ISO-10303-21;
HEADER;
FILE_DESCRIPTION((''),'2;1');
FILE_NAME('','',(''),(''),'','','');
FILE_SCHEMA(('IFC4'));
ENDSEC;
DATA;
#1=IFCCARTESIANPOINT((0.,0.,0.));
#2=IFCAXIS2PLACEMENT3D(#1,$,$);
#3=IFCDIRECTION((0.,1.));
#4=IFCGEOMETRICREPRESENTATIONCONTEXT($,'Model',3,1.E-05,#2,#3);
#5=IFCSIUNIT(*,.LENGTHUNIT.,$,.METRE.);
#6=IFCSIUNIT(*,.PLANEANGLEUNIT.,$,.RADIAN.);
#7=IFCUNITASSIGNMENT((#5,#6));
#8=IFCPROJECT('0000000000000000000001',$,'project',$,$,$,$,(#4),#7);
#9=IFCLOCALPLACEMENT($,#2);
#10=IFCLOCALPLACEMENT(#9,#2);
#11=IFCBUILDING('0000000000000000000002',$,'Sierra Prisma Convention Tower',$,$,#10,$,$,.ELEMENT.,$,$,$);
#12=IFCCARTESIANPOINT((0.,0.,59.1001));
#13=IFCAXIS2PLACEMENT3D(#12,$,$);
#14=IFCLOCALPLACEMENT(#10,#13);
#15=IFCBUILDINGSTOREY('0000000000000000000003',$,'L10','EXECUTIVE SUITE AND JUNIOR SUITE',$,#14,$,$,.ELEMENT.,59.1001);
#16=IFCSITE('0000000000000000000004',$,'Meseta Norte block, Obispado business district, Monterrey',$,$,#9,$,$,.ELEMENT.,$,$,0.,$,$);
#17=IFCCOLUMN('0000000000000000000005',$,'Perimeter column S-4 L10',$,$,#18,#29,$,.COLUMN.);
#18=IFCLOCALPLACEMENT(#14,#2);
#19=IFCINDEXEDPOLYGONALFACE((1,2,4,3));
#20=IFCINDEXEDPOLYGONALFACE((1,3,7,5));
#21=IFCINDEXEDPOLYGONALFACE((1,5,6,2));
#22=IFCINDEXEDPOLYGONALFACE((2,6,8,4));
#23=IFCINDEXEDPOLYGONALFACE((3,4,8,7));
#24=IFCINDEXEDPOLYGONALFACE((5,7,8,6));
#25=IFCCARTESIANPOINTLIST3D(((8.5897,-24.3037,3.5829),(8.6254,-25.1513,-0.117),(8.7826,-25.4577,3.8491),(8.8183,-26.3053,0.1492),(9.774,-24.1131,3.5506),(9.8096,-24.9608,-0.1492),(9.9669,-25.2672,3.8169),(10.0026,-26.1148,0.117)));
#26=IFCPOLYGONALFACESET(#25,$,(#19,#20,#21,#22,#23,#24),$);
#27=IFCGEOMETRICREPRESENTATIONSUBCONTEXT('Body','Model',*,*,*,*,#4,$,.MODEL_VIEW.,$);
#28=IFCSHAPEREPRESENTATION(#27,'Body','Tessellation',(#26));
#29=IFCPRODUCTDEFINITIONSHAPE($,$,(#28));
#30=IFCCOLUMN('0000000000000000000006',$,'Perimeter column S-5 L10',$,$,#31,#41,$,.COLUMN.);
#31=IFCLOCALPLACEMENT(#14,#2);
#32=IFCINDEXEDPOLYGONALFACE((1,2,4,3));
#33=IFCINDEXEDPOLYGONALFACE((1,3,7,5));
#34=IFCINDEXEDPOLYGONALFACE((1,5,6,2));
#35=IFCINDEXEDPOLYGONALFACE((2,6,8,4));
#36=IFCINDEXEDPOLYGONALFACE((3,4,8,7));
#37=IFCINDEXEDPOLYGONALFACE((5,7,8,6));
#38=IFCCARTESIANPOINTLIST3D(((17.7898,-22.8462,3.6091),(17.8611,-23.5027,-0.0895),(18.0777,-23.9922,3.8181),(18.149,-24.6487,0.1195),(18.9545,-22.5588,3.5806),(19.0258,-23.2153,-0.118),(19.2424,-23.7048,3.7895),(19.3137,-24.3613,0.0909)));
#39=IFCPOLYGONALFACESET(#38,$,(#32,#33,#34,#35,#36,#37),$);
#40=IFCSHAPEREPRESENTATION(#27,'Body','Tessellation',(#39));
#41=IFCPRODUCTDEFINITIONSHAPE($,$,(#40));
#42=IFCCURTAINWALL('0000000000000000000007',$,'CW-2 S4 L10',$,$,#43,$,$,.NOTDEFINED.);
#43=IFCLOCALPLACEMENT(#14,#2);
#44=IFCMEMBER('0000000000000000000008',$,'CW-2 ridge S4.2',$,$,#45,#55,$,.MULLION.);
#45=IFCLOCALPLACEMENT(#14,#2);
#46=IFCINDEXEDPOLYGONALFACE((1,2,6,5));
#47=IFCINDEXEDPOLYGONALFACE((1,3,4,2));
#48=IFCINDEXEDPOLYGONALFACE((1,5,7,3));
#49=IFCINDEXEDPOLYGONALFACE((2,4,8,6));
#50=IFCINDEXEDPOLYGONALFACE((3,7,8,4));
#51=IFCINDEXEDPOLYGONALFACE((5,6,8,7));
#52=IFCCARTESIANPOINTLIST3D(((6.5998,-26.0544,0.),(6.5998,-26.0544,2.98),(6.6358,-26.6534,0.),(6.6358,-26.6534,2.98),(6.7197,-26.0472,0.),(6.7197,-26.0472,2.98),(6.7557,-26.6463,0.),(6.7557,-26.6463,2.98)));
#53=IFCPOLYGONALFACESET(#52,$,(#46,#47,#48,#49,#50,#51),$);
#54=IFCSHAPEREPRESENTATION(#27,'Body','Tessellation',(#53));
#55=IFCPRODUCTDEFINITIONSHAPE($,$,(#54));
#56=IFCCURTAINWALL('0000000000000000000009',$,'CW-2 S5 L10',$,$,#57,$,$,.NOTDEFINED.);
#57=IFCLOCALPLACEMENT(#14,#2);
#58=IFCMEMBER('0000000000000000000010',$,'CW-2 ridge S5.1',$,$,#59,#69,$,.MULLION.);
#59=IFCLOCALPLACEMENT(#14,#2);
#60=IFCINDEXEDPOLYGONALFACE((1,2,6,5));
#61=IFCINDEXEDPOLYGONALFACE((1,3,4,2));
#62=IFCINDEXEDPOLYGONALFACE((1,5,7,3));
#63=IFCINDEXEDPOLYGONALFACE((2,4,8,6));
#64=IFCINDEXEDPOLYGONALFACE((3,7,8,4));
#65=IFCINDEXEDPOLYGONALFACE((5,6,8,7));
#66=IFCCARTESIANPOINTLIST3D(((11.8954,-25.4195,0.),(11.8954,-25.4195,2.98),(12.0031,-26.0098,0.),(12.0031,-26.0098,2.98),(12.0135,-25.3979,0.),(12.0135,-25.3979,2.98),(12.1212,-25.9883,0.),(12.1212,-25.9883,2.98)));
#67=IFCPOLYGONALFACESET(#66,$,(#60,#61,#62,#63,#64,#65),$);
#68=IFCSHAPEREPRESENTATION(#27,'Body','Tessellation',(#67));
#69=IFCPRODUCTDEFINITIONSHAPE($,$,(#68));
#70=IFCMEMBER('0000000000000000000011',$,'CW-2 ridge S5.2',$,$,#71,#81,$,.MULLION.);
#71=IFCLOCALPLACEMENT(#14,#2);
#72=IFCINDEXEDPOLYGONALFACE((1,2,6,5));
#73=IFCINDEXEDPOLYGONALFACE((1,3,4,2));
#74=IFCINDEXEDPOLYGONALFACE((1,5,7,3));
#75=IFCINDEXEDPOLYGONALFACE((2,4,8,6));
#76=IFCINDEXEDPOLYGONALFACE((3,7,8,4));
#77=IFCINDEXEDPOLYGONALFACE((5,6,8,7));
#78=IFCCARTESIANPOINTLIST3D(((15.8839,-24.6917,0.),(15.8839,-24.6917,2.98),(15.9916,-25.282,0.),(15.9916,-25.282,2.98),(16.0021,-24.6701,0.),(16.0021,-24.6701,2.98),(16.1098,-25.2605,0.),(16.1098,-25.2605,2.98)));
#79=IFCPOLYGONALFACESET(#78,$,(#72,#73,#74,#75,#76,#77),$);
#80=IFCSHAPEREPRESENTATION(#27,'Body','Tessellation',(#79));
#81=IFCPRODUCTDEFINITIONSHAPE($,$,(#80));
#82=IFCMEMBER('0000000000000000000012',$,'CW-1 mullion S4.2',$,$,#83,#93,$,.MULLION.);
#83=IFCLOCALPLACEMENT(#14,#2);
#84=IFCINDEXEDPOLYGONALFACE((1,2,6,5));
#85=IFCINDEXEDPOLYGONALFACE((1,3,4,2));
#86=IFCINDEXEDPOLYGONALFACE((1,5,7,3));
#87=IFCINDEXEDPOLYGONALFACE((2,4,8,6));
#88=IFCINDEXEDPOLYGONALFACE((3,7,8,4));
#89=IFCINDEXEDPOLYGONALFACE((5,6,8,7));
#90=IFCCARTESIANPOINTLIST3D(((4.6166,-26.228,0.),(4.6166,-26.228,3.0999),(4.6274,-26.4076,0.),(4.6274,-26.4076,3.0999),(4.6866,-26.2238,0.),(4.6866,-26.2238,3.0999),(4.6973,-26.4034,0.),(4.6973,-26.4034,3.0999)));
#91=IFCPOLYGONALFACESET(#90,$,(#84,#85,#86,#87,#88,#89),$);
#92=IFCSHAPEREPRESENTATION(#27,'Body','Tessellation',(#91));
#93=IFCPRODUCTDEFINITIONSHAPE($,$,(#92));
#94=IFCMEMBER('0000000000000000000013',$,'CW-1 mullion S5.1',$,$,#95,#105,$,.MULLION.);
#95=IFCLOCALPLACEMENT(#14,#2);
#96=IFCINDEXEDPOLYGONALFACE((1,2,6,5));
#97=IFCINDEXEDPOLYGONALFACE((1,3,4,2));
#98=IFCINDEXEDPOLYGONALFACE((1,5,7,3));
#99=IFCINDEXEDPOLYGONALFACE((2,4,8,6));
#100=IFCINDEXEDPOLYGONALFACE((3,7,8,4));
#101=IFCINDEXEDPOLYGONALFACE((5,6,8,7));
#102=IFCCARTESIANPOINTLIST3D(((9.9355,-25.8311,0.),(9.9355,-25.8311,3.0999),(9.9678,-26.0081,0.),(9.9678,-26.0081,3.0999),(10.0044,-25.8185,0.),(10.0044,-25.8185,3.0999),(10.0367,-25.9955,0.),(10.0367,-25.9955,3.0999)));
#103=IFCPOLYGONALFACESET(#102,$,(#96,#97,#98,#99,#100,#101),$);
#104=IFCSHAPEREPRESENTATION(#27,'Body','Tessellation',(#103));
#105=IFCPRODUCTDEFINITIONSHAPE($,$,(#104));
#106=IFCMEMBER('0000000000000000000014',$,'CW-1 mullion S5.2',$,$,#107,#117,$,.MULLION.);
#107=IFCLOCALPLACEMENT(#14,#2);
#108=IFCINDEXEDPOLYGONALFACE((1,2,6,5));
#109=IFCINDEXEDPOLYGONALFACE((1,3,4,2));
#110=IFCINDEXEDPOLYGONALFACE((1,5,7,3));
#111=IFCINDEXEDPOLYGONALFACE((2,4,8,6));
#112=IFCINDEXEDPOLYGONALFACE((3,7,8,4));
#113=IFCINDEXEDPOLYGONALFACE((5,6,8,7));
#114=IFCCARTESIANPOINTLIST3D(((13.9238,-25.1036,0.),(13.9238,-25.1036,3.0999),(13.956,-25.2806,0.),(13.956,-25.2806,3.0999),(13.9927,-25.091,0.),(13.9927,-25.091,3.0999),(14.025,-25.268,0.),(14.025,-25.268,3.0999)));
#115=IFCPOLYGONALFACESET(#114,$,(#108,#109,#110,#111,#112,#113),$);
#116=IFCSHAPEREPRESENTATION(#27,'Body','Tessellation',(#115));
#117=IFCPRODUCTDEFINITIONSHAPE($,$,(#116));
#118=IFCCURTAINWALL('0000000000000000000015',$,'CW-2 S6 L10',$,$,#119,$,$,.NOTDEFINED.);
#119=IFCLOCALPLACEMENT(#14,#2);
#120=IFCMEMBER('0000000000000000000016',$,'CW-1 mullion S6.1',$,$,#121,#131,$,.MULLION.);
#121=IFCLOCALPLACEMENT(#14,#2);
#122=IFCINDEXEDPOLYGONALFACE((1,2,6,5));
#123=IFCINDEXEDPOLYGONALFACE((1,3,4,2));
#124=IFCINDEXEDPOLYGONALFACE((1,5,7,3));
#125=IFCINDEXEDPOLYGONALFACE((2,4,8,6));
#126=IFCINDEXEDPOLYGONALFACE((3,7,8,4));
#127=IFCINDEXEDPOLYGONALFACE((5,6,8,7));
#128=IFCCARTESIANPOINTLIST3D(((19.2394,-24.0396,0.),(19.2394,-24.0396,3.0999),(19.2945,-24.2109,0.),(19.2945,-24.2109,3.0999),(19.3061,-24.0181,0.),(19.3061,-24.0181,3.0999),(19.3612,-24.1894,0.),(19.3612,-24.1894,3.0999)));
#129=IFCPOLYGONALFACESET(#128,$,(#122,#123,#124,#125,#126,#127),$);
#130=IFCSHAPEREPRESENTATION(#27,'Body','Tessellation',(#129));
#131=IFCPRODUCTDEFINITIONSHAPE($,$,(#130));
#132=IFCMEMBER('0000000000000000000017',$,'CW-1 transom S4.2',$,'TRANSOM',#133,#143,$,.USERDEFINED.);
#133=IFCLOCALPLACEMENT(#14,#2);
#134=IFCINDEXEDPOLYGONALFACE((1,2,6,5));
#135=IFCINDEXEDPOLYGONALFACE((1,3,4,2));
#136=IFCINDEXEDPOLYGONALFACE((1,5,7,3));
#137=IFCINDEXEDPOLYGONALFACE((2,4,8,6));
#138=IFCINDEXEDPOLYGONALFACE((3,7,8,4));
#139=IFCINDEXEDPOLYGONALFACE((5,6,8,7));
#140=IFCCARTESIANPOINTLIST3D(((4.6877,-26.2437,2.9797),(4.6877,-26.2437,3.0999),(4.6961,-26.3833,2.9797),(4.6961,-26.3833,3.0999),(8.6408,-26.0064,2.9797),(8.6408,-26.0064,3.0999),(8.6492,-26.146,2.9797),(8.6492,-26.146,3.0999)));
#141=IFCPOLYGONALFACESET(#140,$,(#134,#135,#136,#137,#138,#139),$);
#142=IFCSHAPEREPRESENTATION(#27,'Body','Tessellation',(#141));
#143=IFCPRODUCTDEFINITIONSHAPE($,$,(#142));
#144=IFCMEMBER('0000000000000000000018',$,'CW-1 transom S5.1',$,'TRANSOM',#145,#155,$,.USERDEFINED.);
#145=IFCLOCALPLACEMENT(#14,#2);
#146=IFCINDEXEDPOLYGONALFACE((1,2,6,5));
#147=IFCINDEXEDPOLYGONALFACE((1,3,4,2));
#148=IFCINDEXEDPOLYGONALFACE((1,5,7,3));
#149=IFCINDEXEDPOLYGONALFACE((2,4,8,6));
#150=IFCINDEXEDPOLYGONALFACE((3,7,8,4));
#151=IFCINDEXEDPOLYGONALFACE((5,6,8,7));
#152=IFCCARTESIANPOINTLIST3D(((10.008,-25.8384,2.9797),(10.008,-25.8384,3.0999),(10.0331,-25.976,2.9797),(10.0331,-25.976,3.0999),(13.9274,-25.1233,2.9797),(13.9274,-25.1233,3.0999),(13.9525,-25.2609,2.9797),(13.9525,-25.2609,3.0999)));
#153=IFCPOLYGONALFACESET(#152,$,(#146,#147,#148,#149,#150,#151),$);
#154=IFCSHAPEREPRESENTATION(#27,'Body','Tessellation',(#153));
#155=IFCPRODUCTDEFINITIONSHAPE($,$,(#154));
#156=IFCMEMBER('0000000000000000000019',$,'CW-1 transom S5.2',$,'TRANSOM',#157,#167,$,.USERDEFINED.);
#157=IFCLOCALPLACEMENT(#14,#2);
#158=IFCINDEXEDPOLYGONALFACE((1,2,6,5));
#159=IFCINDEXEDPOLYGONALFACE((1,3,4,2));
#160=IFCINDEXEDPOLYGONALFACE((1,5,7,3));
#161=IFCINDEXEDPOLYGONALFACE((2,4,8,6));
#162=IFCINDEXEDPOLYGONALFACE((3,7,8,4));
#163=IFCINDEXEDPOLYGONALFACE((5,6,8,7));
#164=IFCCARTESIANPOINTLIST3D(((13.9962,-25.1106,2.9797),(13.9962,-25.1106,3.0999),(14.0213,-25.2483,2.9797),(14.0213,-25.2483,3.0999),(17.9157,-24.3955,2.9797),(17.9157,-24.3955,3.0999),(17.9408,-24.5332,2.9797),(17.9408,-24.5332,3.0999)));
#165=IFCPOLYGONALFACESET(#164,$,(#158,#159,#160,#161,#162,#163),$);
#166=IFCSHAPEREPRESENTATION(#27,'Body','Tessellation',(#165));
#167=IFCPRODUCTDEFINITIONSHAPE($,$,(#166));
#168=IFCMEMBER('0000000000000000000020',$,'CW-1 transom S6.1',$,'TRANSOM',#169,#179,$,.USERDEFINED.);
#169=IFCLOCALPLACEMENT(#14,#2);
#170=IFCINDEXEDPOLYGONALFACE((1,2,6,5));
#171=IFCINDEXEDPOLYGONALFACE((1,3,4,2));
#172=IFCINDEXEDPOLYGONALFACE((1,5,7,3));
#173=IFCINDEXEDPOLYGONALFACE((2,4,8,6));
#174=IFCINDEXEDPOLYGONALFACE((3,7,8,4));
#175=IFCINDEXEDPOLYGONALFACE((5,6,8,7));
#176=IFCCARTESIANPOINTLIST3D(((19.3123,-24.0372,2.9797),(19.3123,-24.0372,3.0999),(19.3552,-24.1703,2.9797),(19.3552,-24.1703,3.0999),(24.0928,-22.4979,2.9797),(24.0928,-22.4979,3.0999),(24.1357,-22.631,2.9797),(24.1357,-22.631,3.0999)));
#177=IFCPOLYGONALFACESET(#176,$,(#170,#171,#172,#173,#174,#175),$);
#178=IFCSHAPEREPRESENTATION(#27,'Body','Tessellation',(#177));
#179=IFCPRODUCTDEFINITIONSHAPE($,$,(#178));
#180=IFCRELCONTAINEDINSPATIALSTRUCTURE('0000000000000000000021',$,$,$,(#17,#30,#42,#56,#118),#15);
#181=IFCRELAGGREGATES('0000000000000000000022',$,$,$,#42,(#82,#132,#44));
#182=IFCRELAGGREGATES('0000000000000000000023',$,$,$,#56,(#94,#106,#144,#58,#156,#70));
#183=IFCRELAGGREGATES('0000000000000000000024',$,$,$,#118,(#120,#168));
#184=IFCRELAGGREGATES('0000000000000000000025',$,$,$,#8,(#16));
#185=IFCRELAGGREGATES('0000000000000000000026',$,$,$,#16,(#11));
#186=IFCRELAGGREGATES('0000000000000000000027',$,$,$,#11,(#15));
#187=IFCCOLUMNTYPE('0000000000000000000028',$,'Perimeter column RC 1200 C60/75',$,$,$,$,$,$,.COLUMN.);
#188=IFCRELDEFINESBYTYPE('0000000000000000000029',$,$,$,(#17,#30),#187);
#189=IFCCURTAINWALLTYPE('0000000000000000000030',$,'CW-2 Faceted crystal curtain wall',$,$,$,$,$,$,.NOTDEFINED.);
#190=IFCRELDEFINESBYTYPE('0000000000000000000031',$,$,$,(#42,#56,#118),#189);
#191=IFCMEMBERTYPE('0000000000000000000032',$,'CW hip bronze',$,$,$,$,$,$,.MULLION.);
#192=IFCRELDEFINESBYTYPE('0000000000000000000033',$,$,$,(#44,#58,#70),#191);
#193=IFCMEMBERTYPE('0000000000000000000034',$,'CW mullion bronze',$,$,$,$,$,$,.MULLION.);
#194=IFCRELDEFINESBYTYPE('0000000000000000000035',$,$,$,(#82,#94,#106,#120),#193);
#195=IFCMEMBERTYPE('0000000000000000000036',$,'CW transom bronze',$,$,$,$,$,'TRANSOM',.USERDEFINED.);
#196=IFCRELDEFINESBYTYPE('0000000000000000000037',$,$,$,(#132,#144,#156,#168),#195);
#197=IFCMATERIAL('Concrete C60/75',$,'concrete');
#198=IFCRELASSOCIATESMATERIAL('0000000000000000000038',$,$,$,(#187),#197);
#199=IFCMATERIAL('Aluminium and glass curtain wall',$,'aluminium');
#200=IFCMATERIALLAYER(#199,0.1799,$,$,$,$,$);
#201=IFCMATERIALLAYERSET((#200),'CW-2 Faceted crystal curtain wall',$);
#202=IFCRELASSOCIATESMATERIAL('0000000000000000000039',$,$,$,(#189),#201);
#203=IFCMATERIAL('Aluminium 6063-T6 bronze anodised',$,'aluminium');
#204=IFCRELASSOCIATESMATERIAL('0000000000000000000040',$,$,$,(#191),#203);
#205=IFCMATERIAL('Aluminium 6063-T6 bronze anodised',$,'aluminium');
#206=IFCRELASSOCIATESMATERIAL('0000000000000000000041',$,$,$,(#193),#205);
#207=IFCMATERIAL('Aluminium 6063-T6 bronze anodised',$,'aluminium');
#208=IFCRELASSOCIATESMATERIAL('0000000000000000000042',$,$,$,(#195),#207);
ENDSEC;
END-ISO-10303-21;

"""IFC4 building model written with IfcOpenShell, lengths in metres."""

from ifc_helpers import new_model, si_unit, direction, frame, origin, origin_2d, place, context, subcontext, project, spatial, rectangle, extrude, clip, halfspace, material, layer, layer_set, material_profile, profile_set, type_object, element, aggregate, save


model = new_model("IFC4")

# Units and contexts
model_context = context("Model", 3, precision=1e-05, world=origin(), true_north=direction((0.0, 1.0)))
body_context = subcontext(model_context, "Body", "Model", "MODEL_VIEW")
ifc_project = project(units=[si_unit("LENGTHUNIT", "METRE"), si_unit("PLANEANGLEUNIT", "RADIAN")], contexts=[model_context])

# Site, building, storey
site_placement = place(None, origin())
site = spatial("IfcSite", under=ifc_project, at=site_placement, Name="Meseta Norte block, Obispado business district, Monterrey", CompositionType="ELEMENT", RefElevation=0.0)
building_placement = place(site_placement, origin())
building = spatial("IfcBuilding", under=site, at=building_placement, Name="Sierra Prisma Convention Tower", CompositionType="ELEMENT")
storey_placement = place(building_placement, frame((0.0, 0.0, 59.1001)))
storey = spatial("IfcBuildingStorey", under=building, at=storey_placement, Name="L10", Description="EXECUTIVE SUITE AND JUNIOR SUITE", CompositionType="ELEMENT", Elevation=59.1001)

# Columns
ifc_material_1 = material(Name="Concrete C60/75", Category="concrete")
ifc_material_profile_1 = material_profile(ifc_material_1, rectangle(XDim=1.2, YDim=1.2, at=origin_2d()), Name="Perimeter column RC 1200 C60/75")
ifc_profile_set_1 = profile_set([ifc_material_profile_1], Name="Concrete C60/75")
column_type = type_object("IfcColumnType", Name="Perimeter column RC 1200 C60/75", PredefinedType="COLUMN", material=ifc_profile_set_1)
column_1_placement = place(storey_placement, frame((9.314, -25.6331, 0.0), z_axis=(-0.00939, 0.223304, 0.974704), x_axis=(-0.986946, -0.158794, 0.026872)))
element("IfcColumn", 1, at=column_1_placement, inside=storey, type_object=column_type, Name="Perimeter column S-4 L10", PredefinedType="COLUMN", context=body_context, shape_type="SweptSolid", body=[
    extrude(rectangle(XDim=1.2, YDim=1.2, at=origin_2d()), origin(), (0.0, 0.0, 1.0), 3.7959),
])
column_2_placement = place(storey_placement, frame((18.5874, -23.9321, 0.0), z_axis=(-0.018968, 0.174736, 0.984433), x_axis=(0.970613, 0.239464, -0.023803)))
element("IfcColumn", 2, at=column_2_placement, inside=storey, type_object=column_type, Name="Perimeter column S-5 L10", PredefinedType="COLUMN", context=body_context, shape_type="SweptSolid", body=[
    clip(clip(extrude(rectangle(XDim=1.2, YDim=1.2, at=origin_2d()), origin(), (0.0, 0.0, 1.0), 3.7585), halfspace(frame((0.0, 0.0, 0.0007)), True)), halfspace(frame((0.0, 0.0, 3.7578)), False)),
])

# Curtain wall, member
ifc_material_2 = material(Name="Aluminium and glass curtain wall", Category="aluminium")
ifc_layer_1 = layer(ifc_material_2, 0.1799)
ifc_layer_set_1 = layer_set([ifc_layer_1], Name="CW-2 Faceted crystal curtain wall")
curtain_wall_type = type_object("IfcCurtainWallType", Name="CW-2 Faceted crystal curtain wall", PredefinedType="NOTDEFINED", material=ifc_layer_set_1)
curtain_wall_1_placement = place(storey_placement, origin())
curtain_wall_1 = element("IfcCurtainWall", 3, at=curtain_wall_1_placement, inside=storey, type_object=curtain_wall_type, Name="CW-2 S4 L10", PredefinedType="NOTDEFINED")
ifc_material_3 = material(Name="Aluminium 6063-T6 bronze anodised", Category="aluminium")
ifc_material_profile_2 = material_profile(ifc_material_3, rectangle(XDim=0.1201, YDim=0.6001, at=origin_2d()), Name="ALU RIDGE BLADE 120x600")
ifc_profile_set_2 = profile_set([ifc_material_profile_2], Name="Aluminium 6063-T6 bronze anodised")
member_type_1 = type_object("IfcMemberType", Name="CW hip bronze", PredefinedType="MULLION", material=ifc_profile_set_2)
member_1_placement = place(storey_placement, frame((6.6777, -26.3503, 0.0), z_axis=(0.0, 0.0, 1.0), x_axis=(0.998204, 0.059914, 0.0)))
member_1 = element("IfcMember", 4, at=member_1_placement, type_object=member_type_1, Name="CW-2 ridge S4.2", PredefinedType="MULLION", context=body_context, shape_type="SweptSolid", body=[
    extrude(rectangle(XDim=0.1201, YDim=0.6001, at=origin_2d()), origin(), (0.0, 0.0, 1.0), 2.98),
])

# Curtain wall, members
curtain_wall_2_placement = place(storey_placement, origin())
curtain_wall_2 = element("IfcCurtainWall", 5, at=curtain_wall_2_placement, inside=storey, type_object=curtain_wall_type, Name="CW-2 S5 L10", PredefinedType="NOTDEFINED")
member_2_placement = place(storey_placement, frame((12.0083, -25.7039, 0.0), z_axis=(0.0, 0.0, 1.0), x_axis=(0.98376, 0.179488, 0.0)))
member_2 = element("IfcMember", 6, at=member_2_placement, type_object=member_type_1, Name="CW-2 ridge S5.1", PredefinedType="MULLION", context=body_context, shape_type="SweptSolid", body=[
    extrude(rectangle(XDim=0.1201, YDim=0.6001, at=origin_2d()), origin(), (0.0, 0.0, 1.0), 2.98),
])
member_3_placement = place(storey_placement, frame((15.9968, -24.9761, 0.0), z_axis=(0.0, 0.0, 1.0), x_axis=(0.98376, 0.179488, 0.0)))
member_3 = element("IfcMember", 7, at=member_3_placement, type_object=member_type_1, Name="CW-2 ridge S5.2", PredefinedType="MULLION", context=body_context, shape_type="SweptSolid", body=[
    extrude(rectangle(XDim=0.1201, YDim=0.6001, at=origin_2d()), origin(), (0.0, 0.0, 1.0), 2.98),
])

# Members
ifc_material_4 = material(Name="Aluminium 6063-T6 bronze anodised", Category="aluminium")
ifc_material_profile_3 = material_profile(ifc_material_4, rectangle(XDim=0.1799, YDim=0.0701, at=origin_2d()), Name="ALU MULLION 70x180")
ifc_profile_set_3 = profile_set([ifc_material_profile_3], Name="Aluminium 6063-T6 bronze anodised")
member_type_2 = type_object("IfcMemberType", Name="CW mullion bronze", PredefinedType="MULLION", material=ifc_profile_set_3)
member_4_placement = place(storey_placement, frame((4.657, -26.3157, 0.0), z_axis=(0.0, 0.0, 1.0), x_axis=(-0.059914, 0.998204, 0.0)))
member_4 = element("IfcMember", 8, at=member_4_placement, type_object=member_type_2, Name="CW-1 mullion S4.2", PredefinedType="MULLION", context=body_context, shape_type="SweptSolid", body=[
    extrude(rectangle(XDim=0.1799, YDim=0.0701, at=origin_2d()), origin(), (0.0, 0.0, 1.0), 3.0999),
])
member_5_placement = place(storey_placement, frame((9.9861, -25.9133, 0.0), z_axis=(0.0, 0.0, 1.0), x_axis=(-0.179488, 0.98376, 0.0)))
member_5 = element("IfcMember", 9, at=member_5_placement, type_object=member_type_2, Name="CW-1 mullion S5.1", PredefinedType="MULLION", context=body_context, shape_type="SweptSolid", body=[
    extrude(rectangle(XDim=0.1799, YDim=0.0701, at=origin_2d()), origin(), (0.0, 0.0, 1.0), 3.0999),
])
member_6_placement = place(storey_placement, frame((13.9744, -25.1858, 0.0), z_axis=(0.0, 0.0, 1.0), x_axis=(-0.179488, 0.98376, 0.0)))
member_6 = element("IfcMember", 10, at=member_6_placement, type_object=member_type_2, Name="CW-1 mullion S5.2", PredefinedType="MULLION", context=body_context, shape_type="SweptSolid", body=[
    extrude(rectangle(XDim=0.1799, YDim=0.0701, at=origin_2d()), origin(), (0.0, 0.0, 1.0), 3.0999),
])

# Curtain wall, member
curtain_wall_3_placement = place(storey_placement, origin())
curtain_wall_3 = element("IfcCurtainWall", 11, at=curtain_wall_3_placement, inside=storey, type_object=curtain_wall_type, Name="CW-2 S6 L10", PredefinedType="NOTDEFINED")
member_7_placement = place(storey_placement, frame((19.3003, -24.1145, 0.0), z_axis=(0.0, 0.0, 1.0), x_axis=(-0.306508, 0.951868, 0.0)))
member_7 = element("IfcMember", 12, at=member_7_placement, type_object=member_type_2, Name="CW-1 mullion S6.1", PredefinedType="MULLION", context=body_context, shape_type="SweptSolid", body=[
    extrude(rectangle(XDim=0.1799, YDim=0.0701, at=origin_2d()), origin(), (0.0, 0.0, 1.0), 3.0999),
])

# Members
ifc_material_5 = material(Name="Aluminium 6063-T6 bronze anodised", Category="aluminium")
ifc_material_profile_4 = material_profile(ifc_material_5, rectangle(XDim=0.1399, YDim=0.1201, at=origin_2d()), Name="ALU TRANSOM 120x140")
ifc_profile_set_4 = profile_set([ifc_material_profile_4], Name="Aluminium 6063-T6 bronze anodised")
member_type_3 = type_object("IfcMemberType", Name="CW transom bronze", ElementType="TRANSOM", PredefinedType="USERDEFINED", material=ifc_profile_set_4)
member_8_placement = place(storey_placement, frame((4.6919, -26.3135, 3.0398), z_axis=(0.998203, 0.059922, 0.0), x_axis=(-0.059922, 0.998203, 0.0)))
member_8 = element("IfcMember", 13, at=member_8_placement, type_object=member_type_3, Name="CW-1 transom S4.2", ObjectType="TRANSOM", PredefinedType="USERDEFINED", context=body_context, shape_type="SweptSolid", body=[
    extrude(rectangle(XDim=0.1399, YDim=0.1201, at=origin_2d()), origin(), (0.0, 0.0, 1.0), 3.9602),
])
member_9_placement = place(storey_placement, frame((10.0205, -25.9072, 3.0398), z_axis=(0.983761, 0.179484, 0.0), x_axis=(-0.179484, 0.983761, 0.0)))
member_9 = element("IfcMember", 14, at=member_9_placement, type_object=member_type_3, Name="CW-1 transom S5.1", ObjectType="TRANSOM", PredefinedType="USERDEFINED", context=body_context, shape_type="SweptSolid", body=[
    extrude(rectangle(XDim=0.1399, YDim=0.1201, at=origin_2d()), origin(), (0.0, 0.0, 1.0), 3.9841),
])
member_10_placement = place(storey_placement, frame((14.0088, -25.1794, 3.0398), z_axis=(0.983761, 0.179484, 0.0), x_axis=(-0.179484, 0.983761, 0.0)))
member_10 = element("IfcMember", 15, at=member_10_placement, type_object=member_type_3, Name="CW-1 transom S5.2", ObjectType="TRANSOM", PredefinedType="USERDEFINED", context=body_context, shape_type="SweptSolid", body=[
    extrude(rectangle(XDim=0.1399, YDim=0.1201, at=origin_2d()), origin(), (0.0, 0.0, 1.0), 3.9841),
])
member_11_placement = place(storey_placement, frame((19.3337, -24.1038, 3.0398), z_axis=(0.951871, 0.306499, 0.0), x_axis=(-0.306499, 0.951871, 0.0)))
member_11 = element("IfcMember", 16, at=member_11_placement, type_object=member_type_3, Name="CW-1 transom S6.1", ObjectType="TRANSOM", PredefinedType="USERDEFINED", context=body_context, shape_type="SweptSolid", body=[
    extrude(rectangle(XDim=0.1399, YDim=0.1201, at=origin_2d()), origin(), (0.0, 0.0, 1.0), 5.0222),
])

aggregate(curtain_wall_1, [member_4, member_8, member_1])
aggregate(curtain_wall_2, [member_5, member_6, member_9, member_2, member_10, member_3])
aggregate(curtain_wall_3, [member_7, member_11])

save(model, "model.ifc")
